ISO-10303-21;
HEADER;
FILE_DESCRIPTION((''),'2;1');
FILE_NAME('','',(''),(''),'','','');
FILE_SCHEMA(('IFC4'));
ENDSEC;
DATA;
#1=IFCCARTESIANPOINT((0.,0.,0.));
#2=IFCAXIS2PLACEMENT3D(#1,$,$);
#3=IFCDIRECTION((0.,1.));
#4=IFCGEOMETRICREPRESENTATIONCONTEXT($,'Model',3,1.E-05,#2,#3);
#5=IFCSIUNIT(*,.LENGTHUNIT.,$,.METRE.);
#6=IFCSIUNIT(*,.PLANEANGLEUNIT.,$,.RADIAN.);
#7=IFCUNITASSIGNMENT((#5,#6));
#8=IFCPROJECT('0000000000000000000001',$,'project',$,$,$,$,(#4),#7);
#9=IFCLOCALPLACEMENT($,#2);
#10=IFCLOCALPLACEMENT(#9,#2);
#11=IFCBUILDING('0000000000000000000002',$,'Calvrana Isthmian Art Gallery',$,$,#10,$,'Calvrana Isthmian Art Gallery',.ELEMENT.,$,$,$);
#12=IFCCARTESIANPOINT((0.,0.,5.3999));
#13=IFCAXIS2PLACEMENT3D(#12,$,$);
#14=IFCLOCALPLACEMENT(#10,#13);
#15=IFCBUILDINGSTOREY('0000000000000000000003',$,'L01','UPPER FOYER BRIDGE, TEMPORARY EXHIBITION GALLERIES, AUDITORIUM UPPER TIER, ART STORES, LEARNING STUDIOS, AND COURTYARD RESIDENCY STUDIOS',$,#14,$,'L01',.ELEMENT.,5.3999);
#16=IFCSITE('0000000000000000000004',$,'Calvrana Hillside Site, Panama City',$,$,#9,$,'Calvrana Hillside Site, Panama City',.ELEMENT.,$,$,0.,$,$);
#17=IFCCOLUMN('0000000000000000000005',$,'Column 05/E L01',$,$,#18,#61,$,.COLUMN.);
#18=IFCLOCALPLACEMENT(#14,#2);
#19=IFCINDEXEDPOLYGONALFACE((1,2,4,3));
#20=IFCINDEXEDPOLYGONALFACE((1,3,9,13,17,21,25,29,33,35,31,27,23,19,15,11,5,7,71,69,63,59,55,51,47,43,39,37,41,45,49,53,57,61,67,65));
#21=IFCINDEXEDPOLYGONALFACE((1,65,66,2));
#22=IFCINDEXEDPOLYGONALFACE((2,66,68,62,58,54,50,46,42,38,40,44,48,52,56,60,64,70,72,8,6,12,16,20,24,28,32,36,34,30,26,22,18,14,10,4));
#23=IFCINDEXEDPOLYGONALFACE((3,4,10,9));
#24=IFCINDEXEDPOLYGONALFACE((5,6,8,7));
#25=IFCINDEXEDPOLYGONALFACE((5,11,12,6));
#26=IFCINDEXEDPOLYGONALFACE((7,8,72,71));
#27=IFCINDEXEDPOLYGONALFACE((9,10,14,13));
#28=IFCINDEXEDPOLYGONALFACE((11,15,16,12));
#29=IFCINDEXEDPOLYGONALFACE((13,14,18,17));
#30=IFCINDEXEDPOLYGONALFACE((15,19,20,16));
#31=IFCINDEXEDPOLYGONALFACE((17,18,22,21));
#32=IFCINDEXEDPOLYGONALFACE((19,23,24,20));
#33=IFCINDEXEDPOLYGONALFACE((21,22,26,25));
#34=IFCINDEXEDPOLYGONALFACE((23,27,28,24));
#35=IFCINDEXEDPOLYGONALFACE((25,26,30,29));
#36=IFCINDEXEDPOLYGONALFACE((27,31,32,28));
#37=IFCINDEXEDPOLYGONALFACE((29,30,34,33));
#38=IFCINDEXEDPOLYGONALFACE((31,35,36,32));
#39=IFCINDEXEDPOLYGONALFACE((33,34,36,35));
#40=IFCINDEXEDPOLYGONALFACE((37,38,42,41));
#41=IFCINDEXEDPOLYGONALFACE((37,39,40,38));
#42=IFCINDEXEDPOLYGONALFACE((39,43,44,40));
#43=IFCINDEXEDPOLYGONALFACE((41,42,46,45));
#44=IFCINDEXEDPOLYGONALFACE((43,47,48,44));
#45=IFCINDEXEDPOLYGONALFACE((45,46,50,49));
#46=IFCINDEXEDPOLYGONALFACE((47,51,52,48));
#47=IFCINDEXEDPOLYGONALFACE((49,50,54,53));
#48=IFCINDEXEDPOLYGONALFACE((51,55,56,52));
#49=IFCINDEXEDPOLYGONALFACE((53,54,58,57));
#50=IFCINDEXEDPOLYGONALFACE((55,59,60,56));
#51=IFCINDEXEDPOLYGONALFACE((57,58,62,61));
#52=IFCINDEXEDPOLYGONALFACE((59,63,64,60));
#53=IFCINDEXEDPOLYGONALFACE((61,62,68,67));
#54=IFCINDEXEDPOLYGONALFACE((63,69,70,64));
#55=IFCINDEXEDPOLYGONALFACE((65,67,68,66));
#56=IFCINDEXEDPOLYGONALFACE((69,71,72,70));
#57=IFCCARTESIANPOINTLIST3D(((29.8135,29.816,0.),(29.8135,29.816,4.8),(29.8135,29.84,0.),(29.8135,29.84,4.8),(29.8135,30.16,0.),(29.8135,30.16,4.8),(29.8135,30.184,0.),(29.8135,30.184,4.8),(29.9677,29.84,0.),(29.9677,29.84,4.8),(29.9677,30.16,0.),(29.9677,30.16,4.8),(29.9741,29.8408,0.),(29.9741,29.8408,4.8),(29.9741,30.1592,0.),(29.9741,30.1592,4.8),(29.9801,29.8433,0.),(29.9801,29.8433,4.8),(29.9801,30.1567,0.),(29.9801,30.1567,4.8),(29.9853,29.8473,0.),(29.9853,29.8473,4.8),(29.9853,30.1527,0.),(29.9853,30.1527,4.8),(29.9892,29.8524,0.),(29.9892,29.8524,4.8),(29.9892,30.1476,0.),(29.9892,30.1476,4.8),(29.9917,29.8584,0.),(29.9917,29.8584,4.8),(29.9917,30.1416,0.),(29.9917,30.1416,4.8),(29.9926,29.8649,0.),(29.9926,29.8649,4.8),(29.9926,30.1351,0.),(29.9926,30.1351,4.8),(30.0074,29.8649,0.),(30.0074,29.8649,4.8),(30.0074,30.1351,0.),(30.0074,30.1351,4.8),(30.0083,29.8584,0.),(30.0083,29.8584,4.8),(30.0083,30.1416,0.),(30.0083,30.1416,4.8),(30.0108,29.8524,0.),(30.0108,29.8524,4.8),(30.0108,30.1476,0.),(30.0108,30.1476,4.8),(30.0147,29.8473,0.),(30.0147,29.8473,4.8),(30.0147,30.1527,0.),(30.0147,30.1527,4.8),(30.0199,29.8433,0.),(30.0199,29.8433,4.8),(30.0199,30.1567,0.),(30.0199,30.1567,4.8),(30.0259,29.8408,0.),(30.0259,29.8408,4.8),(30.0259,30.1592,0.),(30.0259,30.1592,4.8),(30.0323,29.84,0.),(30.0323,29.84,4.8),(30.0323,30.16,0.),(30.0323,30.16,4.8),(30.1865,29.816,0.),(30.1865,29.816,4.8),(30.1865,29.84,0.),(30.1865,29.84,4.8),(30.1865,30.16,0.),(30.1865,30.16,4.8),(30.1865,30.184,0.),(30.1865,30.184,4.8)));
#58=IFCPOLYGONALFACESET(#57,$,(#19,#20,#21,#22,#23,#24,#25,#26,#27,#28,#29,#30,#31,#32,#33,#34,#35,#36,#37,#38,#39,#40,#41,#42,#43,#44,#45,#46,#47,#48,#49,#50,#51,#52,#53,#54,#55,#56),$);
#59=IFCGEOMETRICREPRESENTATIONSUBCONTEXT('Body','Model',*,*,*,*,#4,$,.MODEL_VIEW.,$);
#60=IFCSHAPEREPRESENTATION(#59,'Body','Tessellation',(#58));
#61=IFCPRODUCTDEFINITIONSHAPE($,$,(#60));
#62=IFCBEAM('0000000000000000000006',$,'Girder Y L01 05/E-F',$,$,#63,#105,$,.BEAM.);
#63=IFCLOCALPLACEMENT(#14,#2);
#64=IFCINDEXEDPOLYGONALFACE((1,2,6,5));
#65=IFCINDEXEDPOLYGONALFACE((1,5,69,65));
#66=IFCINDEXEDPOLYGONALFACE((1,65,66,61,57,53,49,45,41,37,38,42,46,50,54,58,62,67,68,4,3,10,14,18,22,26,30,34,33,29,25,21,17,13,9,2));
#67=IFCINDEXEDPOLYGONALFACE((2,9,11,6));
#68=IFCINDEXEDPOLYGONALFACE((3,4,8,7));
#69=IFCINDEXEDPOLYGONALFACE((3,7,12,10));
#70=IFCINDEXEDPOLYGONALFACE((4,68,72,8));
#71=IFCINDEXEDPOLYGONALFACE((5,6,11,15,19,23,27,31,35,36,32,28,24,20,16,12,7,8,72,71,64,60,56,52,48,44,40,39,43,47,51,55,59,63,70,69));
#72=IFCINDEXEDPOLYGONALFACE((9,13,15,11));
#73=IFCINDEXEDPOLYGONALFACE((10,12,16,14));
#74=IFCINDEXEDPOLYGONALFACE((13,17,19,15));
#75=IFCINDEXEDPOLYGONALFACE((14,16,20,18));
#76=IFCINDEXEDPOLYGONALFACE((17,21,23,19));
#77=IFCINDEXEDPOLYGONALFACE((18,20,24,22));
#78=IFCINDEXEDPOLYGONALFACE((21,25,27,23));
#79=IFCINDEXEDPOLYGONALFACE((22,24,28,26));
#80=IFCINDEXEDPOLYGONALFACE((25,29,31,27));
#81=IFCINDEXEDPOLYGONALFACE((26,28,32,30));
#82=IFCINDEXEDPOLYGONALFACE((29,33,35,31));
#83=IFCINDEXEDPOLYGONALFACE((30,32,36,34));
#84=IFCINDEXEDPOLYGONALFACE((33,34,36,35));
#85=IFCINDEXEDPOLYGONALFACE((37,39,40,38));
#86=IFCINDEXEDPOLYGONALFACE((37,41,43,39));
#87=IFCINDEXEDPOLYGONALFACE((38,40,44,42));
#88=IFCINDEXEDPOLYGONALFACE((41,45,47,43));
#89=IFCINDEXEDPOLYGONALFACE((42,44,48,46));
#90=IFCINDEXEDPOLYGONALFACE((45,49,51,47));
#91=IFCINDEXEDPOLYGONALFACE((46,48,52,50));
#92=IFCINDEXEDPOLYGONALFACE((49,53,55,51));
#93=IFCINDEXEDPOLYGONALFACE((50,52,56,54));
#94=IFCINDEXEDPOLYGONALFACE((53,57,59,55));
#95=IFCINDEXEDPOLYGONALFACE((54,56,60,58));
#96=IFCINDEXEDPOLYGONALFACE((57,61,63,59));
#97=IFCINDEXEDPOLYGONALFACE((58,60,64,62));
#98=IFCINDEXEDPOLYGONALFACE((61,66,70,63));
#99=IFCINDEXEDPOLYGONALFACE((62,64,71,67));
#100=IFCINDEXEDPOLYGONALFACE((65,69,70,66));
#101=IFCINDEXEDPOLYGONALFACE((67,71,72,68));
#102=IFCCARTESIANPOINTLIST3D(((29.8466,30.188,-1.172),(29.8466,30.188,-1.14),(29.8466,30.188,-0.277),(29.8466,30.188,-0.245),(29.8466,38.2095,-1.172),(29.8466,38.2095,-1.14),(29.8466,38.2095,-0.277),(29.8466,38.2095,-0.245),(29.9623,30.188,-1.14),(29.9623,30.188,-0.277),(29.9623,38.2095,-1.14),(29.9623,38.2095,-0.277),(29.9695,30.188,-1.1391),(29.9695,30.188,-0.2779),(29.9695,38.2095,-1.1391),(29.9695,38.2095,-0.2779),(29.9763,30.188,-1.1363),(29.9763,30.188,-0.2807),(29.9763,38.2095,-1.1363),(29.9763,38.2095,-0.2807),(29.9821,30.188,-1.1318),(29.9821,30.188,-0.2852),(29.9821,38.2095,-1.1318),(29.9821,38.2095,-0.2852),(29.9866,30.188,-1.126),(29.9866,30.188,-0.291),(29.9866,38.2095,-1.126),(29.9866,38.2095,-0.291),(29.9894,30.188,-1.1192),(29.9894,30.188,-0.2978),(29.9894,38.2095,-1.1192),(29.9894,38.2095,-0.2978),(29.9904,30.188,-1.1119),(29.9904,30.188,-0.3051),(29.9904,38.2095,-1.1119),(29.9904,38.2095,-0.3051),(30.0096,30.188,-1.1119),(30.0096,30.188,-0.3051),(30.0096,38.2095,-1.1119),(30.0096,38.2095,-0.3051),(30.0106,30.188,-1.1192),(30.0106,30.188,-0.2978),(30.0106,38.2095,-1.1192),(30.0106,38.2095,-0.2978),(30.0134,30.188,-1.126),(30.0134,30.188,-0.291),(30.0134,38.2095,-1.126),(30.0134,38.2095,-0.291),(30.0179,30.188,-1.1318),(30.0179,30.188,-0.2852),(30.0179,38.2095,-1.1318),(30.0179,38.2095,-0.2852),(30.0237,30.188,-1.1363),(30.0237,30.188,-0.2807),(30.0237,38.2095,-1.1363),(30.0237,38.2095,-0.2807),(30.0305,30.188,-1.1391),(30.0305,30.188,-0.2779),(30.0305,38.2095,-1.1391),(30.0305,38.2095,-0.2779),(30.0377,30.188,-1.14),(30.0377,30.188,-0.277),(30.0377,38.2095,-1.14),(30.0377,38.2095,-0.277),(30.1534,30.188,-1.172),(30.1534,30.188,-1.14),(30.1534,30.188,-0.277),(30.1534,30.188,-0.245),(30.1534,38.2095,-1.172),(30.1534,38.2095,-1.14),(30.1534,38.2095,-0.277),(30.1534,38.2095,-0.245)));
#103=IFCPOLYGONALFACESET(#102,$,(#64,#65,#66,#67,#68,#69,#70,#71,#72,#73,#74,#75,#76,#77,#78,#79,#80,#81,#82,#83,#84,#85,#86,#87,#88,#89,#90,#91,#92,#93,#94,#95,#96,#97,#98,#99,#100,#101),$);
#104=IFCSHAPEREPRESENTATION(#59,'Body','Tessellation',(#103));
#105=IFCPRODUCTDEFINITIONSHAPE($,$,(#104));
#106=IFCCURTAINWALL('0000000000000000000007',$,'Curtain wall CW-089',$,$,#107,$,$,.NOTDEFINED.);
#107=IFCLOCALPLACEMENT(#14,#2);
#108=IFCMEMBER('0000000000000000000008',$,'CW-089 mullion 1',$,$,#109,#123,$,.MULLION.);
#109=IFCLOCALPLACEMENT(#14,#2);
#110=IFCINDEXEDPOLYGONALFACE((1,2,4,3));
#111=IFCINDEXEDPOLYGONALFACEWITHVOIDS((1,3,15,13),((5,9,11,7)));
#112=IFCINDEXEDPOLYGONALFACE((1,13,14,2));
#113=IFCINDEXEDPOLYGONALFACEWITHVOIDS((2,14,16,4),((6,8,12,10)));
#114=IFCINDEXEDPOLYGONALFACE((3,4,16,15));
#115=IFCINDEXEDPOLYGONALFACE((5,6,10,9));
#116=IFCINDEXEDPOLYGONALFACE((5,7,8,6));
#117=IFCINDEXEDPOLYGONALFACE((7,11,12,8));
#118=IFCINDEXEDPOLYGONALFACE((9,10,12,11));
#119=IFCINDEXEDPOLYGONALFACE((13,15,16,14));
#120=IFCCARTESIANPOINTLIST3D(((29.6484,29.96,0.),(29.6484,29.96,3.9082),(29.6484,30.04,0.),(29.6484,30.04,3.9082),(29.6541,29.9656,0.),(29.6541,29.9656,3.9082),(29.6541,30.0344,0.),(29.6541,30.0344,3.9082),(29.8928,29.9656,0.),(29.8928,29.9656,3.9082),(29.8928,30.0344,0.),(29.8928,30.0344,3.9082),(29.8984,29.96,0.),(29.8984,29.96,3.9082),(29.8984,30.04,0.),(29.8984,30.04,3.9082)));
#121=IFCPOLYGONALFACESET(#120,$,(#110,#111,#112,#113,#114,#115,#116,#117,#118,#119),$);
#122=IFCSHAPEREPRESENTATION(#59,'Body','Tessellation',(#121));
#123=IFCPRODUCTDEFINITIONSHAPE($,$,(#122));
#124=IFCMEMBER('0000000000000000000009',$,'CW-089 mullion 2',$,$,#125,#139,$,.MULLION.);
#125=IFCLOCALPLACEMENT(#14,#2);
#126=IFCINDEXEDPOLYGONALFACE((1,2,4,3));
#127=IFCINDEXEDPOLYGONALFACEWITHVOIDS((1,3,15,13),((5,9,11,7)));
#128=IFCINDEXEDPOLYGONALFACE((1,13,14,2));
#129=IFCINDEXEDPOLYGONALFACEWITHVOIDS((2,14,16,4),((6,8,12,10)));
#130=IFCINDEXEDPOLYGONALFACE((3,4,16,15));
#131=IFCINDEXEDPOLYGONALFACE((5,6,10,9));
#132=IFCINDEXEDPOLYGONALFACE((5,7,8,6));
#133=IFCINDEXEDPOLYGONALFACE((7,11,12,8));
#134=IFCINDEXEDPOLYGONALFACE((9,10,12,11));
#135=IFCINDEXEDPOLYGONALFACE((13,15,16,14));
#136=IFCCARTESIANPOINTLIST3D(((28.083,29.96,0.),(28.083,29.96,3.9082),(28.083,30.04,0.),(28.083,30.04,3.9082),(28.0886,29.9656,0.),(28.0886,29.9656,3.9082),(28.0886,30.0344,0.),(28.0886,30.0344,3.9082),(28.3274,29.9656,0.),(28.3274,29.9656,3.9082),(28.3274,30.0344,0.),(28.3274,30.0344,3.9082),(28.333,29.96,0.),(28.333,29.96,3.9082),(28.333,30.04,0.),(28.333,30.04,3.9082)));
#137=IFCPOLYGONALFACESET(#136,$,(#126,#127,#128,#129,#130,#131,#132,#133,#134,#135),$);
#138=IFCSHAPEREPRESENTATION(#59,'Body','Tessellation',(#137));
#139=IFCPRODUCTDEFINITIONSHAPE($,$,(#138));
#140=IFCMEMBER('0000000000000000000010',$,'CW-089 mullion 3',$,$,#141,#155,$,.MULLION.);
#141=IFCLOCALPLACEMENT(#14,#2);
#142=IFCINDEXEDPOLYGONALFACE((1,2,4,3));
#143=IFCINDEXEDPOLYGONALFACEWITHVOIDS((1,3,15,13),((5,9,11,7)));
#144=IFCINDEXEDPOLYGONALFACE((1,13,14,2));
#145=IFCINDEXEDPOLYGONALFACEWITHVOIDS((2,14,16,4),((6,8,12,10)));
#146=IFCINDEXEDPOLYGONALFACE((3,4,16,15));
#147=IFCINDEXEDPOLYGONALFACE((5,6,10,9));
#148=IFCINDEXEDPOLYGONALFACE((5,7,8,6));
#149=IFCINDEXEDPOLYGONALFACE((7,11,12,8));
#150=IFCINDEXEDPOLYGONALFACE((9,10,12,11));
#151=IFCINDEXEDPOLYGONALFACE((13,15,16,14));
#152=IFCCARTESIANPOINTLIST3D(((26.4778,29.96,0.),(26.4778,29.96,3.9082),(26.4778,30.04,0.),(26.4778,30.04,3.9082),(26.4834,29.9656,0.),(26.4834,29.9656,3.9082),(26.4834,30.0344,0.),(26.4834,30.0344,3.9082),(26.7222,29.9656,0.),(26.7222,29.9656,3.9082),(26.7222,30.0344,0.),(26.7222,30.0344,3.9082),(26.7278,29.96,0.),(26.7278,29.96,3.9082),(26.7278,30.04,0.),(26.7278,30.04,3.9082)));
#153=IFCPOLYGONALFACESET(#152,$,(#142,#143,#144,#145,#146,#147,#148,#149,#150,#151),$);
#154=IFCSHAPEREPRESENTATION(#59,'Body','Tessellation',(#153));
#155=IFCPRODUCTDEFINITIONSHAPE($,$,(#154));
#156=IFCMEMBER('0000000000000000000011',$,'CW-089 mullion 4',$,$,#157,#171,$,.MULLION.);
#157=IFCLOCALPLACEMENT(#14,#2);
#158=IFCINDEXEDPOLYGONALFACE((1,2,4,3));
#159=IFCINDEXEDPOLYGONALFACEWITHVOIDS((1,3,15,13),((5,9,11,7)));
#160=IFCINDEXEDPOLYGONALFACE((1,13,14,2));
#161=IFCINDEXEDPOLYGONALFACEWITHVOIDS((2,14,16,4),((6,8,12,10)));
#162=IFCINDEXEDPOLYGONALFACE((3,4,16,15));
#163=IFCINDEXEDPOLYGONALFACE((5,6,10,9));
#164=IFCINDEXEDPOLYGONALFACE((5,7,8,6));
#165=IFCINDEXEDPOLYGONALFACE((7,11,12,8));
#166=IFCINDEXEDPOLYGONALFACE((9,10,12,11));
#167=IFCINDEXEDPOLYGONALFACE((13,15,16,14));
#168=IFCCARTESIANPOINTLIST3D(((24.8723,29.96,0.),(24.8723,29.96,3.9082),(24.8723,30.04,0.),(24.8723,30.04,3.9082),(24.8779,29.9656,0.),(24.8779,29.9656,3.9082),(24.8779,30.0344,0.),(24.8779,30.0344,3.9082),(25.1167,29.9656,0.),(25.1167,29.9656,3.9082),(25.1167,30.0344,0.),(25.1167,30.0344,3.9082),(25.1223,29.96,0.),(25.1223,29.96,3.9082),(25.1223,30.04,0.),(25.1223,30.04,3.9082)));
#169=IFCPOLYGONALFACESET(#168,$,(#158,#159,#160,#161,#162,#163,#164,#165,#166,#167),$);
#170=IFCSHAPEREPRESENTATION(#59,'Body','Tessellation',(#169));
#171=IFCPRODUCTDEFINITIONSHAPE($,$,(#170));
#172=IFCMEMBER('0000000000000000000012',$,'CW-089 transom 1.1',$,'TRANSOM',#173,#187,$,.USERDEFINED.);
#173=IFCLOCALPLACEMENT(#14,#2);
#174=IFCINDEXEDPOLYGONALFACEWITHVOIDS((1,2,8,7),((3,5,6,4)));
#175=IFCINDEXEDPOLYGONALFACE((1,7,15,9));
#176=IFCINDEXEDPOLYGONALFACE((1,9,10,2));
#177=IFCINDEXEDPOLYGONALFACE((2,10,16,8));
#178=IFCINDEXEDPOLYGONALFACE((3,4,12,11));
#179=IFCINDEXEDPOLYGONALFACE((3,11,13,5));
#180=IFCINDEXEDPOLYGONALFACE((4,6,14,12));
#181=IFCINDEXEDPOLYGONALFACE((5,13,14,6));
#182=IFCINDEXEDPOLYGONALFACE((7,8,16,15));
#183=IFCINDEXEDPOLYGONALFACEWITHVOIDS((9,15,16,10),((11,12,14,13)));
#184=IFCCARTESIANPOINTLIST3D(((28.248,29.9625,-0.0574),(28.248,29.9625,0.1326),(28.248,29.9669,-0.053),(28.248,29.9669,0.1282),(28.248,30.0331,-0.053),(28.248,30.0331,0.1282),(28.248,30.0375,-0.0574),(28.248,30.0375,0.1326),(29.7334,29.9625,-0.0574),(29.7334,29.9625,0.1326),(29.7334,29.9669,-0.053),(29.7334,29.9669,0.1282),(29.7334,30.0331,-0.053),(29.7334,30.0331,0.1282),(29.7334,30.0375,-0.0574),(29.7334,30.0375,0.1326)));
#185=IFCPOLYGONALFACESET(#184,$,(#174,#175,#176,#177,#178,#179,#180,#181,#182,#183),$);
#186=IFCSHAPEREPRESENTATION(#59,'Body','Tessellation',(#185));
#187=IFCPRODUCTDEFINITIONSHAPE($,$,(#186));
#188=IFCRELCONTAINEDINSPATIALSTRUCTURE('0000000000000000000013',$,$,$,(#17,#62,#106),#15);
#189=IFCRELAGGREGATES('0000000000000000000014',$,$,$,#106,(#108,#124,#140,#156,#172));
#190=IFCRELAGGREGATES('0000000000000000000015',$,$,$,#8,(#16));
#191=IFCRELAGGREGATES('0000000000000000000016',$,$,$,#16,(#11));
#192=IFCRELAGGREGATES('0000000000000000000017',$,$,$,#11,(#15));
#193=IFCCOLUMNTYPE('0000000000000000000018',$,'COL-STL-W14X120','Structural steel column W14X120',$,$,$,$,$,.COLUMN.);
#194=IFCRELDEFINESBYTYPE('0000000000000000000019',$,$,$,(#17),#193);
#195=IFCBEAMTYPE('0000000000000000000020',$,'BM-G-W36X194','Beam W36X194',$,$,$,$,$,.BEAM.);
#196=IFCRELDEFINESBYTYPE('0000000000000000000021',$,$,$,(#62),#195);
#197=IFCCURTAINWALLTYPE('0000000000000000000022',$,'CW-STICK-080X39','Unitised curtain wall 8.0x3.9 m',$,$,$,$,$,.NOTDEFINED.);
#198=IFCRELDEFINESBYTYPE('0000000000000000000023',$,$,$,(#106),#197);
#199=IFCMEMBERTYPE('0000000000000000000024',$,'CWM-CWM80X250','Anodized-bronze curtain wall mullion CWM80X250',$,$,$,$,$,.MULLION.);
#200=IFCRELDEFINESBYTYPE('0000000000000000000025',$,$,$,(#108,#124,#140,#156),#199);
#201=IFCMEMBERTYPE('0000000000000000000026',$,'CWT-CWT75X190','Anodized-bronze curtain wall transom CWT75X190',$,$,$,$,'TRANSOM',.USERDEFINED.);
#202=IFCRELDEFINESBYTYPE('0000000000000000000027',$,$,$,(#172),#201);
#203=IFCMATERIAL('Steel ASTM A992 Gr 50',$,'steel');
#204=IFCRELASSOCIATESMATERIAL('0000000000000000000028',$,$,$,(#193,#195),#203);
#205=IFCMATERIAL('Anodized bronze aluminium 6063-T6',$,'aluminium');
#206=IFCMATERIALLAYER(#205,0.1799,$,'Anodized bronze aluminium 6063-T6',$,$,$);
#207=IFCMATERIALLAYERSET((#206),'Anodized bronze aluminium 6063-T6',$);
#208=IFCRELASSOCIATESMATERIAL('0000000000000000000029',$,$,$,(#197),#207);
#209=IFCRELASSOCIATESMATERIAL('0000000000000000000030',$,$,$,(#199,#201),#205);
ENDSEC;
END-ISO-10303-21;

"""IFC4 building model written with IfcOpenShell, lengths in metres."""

from ifc_helpers import new_model, si_unit, direction, frame, origin, origin_2d, place, context, subcontext, project, spatial, hollow_rectangle, i_section, extrude, material, layer, layer_set, material_profile, profile_set, type_object, element, aggregate, save


model = new_model("IFC4")

# Units and contexts
model_context = context("Model", 3, precision=1e-05, world=origin(), true_north=direction((0.0, 1.0)))
body_context = subcontext(model_context, "Body", "Model", "MODEL_VIEW")
ifc_project = project(units=[si_unit("LENGTHUNIT", "METRE"), si_unit("PLANEANGLEUNIT", "RADIAN")], contexts=[model_context])

# Site, building, storey
site_placement = place(None, origin())
site = spatial("IfcSite", under=ifc_project, at=site_placement, Name="Calvrana Hillside Site, Panama City", LongName="Calvrana Hillside Site, Panama City", CompositionType="ELEMENT", RefElevation=0.0)
building_placement = place(site_placement, origin())
building = spatial("IfcBuilding", under=site, at=building_placement, Name="Calvrana Isthmian Art Gallery", LongName="Calvrana Isthmian Art Gallery", CompositionType="ELEMENT")
storey_placement = place(building_placement, frame((0.0, 0.0, 5.3999)))
storey = spatial("IfcBuildingStorey", under=building, at=storey_placement, Name="L01", Description="UPPER FOYER BRIDGE, TEMPORARY EXHIBITION GALLERIES, AUDITORIUM UPPER TIER, ART STORES, LEARNING STUDIOS, AND COURTYARD RESIDENCY STUDIOS", LongName="L01", CompositionType="ELEMENT", Elevation=5.3999)

# Column
ifc_material_1 = material(Name="Steel ASTM A992 Gr 50", Category="steel")
ifc_material_profile_1 = material_profile(ifc_material_1, i_section(OverallWidth=0.373, OverallDepth=0.3679, WebThickness=0.0149, FlangeThickness=0.0239, FilletRadius=0.0249, at=origin_2d()), Name="W14X120")
ifc_profile_set_1 = profile_set([ifc_material_profile_1], Name="Steel ASTM A992 Gr 50")
column_type = type_object("IfcColumnType", Name="COL-STL-W14X120", Description="Structural steel column W14X120", PredefinedType="COLUMN", material=ifc_profile_set_1)
column_placement = place(storey_placement, frame((30.0, 30.0, 0.0), z_axis=(0.0, 0.0, 1.0), x_axis=(1.0, 0.0, 0.0)))
element("IfcColumn", 1, at=column_placement, inside=storey, type_object=column_type, Name="Column 05/E L01", PredefinedType="COLUMN", context=body_context, shape_type="SweptSolid", body=[
    extrude(i_section(OverallWidth=0.373, OverallDepth=0.3679, WebThickness=0.0149, FlangeThickness=0.0239, FilletRadius=0.0249, at=origin_2d()), origin(), (0.0, 0.0, 1.0), 4.8),
])

# Beam
ifc_material_profile_2 = material_profile(ifc_material_1, i_section(OverallWidth=0.3069, OverallDepth=0.927, WebThickness=0.0193, FlangeThickness=0.032, FilletRadius=0.0281, at=origin_2d()), Name="W36X194")
ifc_profile_set_2 = profile_set([ifc_material_profile_2], Name="Steel ASTM A992 Gr 50")
beam_type = type_object("IfcBeamType", Name="BM-G-W36X194", Description="Beam W36X194", PredefinedType="BEAM", material=ifc_profile_set_2)
beam_placement = place(storey_placement, frame((30.0, 30.188, -0.7085), z_axis=(0.0, 1.0, 0.0), x_axis=(-1.0, 0.0, 0.0)))
element("IfcBeam", 2, at=beam_placement, inside=storey, type_object=beam_type, Name="Girder Y L01 05/E-F", PredefinedType="BEAM", context=body_context, shape_type="SweptSolid", body=[
    extrude(i_section(OverallWidth=0.3069, OverallDepth=0.927, WebThickness=0.0193, FlangeThickness=0.032, FilletRadius=0.0281, at=origin_2d()), origin(), (0.0, 0.0, 1.0), 8.0215),
])

# Curtain wall, members
ifc_material_2 = material(Name="Anodized bronze aluminium 6063-T6", Category="aluminium")
ifc_layer_1 = layer(ifc_material_2, 0.1799, Name="Anodized bronze aluminium 6063-T6")
ifc_layer_set_1 = layer_set([ifc_layer_1], Name="Anodized bronze aluminium 6063-T6")
curtain_wall_type = type_object("IfcCurtainWallType", Name="CW-STICK-080X39", Description="Unitised curtain wall 8.0x3.9 m", PredefinedType="NOTDEFINED", material=ifc_layer_set_1)
curtain_wall_placement = place(storey_placement, origin())
curtain_wall = element("IfcCurtainWall", 3, at=curtain_wall_placement, inside=storey, type_object=curtain_wall_type, Name="Curtain wall CW-089", PredefinedType="NOTDEFINED")
ifc_material_profile_3 = material_profile(ifc_material_2, hollow_rectangle(XDim=0.0801, YDim=0.25, WallThickness=0.0056, at=origin_2d()), Name="CWM80X250")
ifc_profile_set_3 = profile_set([ifc_material_profile_3], Name="Anodized bronze aluminium 6063-T6")
member_type_1 = type_object("IfcMemberType", Name="CWM-CWM80X250", Description="Anodized-bronze curtain wall mullion CWM80X250", PredefinedType="MULLION", material=ifc_profile_set_3)
member_1_placement = place(storey_placement, frame((29.7734, 30.0, 0.0), z_axis=(0.0, 0.0, 1.0), x_axis=(0.0, -1.0, 0.0)))
member_1 = element("IfcMember", 4, at=member_1_placement, type_object=member_type_1, Name="CW-089 mullion 1", PredefinedType="MULLION", context=body_context, shape_type="SweptSolid", body=[
    extrude(hollow_rectangle(XDim=0.0801, YDim=0.25, WallThickness=0.0056, at=origin_2d()), origin(), (0.0, 0.0, 1.0), 3.9082),
])
member_2_placement = place(storey_placement, frame((28.208, 30.0, 0.0), z_axis=(0.0, 0.0, 1.0), x_axis=(0.0, -1.0, 0.0)))
member_2 = element("IfcMember", 5, at=member_2_placement, type_object=member_type_1, Name="CW-089 mullion 2", PredefinedType="MULLION", context=body_context, shape_type="SweptSolid", body=[
    extrude(hollow_rectangle(XDim=0.0801, YDim=0.25, WallThickness=0.0056, at=origin_2d()), origin(), (0.0, 0.0, 1.0), 3.9082),
])
member_3_placement = place(storey_placement, frame((26.6028, 30.0, 0.0), z_axis=(0.0, 0.0, 1.0), x_axis=(0.0, -1.0, 0.0)))
member_3 = element("IfcMember", 6, at=member_3_placement, type_object=member_type_1, Name="CW-089 mullion 3", PredefinedType="MULLION", context=body_context, shape_type="SweptSolid", body=[
    extrude(hollow_rectangle(XDim=0.0801, YDim=0.25, WallThickness=0.0056, at=origin_2d()), origin(), (0.0, 0.0, 1.0), 3.9082),
])
member_4_placement = place(storey_placement, frame((24.9973, 30.0, 0.0), z_axis=(0.0, 0.0, 1.0), x_axis=(0.0, -1.0, 0.0)))
member_4 = element("IfcMember", 7, at=member_4_placement, type_object=member_type_1, Name="CW-089 mullion 4", PredefinedType="MULLION", context=body_context, shape_type="SweptSolid", body=[
    extrude(hollow_rectangle(XDim=0.0801, YDim=0.25, WallThickness=0.0056, at=origin_2d()), origin(), (0.0, 0.0, 1.0), 3.9082),
])
ifc_material_profile_4 = material_profile(ifc_material_2, hollow_rectangle(XDim=0.075, YDim=0.1899, WallThickness=0.0044, at=origin_2d()), Name="CWT75X190")
ifc_profile_set_4 = profile_set([ifc_material_profile_4], Name="Anodized bronze aluminium 6063-T6")
member_type_2 = type_object("IfcMemberType", Name="CWT-CWT75X190", Description="Anodized-bronze curtain wall transom CWT75X190", ElementType="TRANSOM", PredefinedType="USERDEFINED", material=ifc_profile_set_4)
member_5_placement = place(storey_placement, frame((29.7334, 30.0, 0.0376), z_axis=(-1.0, 0.0, 0.0), x_axis=(0.0, -1.0, 0.0)))
member_5 = element("IfcMember", 8, at=member_5_placement, type_object=member_type_2, Name="CW-089 transom 1.1", ObjectType="TRANSOM", PredefinedType="USERDEFINED", context=body_context, shape_type="SweptSolid", body=[
    extrude(hollow_rectangle(XDim=0.075, YDim=0.1899, WallThickness=0.0044, at=origin_2d()), origin(), (0.0, 0.0, 1.0), 1.4854),
])
aggregate(curtain_wall, [member_1, member_2, member_3, member_4, member_5])

save(model, "model.ifc")
